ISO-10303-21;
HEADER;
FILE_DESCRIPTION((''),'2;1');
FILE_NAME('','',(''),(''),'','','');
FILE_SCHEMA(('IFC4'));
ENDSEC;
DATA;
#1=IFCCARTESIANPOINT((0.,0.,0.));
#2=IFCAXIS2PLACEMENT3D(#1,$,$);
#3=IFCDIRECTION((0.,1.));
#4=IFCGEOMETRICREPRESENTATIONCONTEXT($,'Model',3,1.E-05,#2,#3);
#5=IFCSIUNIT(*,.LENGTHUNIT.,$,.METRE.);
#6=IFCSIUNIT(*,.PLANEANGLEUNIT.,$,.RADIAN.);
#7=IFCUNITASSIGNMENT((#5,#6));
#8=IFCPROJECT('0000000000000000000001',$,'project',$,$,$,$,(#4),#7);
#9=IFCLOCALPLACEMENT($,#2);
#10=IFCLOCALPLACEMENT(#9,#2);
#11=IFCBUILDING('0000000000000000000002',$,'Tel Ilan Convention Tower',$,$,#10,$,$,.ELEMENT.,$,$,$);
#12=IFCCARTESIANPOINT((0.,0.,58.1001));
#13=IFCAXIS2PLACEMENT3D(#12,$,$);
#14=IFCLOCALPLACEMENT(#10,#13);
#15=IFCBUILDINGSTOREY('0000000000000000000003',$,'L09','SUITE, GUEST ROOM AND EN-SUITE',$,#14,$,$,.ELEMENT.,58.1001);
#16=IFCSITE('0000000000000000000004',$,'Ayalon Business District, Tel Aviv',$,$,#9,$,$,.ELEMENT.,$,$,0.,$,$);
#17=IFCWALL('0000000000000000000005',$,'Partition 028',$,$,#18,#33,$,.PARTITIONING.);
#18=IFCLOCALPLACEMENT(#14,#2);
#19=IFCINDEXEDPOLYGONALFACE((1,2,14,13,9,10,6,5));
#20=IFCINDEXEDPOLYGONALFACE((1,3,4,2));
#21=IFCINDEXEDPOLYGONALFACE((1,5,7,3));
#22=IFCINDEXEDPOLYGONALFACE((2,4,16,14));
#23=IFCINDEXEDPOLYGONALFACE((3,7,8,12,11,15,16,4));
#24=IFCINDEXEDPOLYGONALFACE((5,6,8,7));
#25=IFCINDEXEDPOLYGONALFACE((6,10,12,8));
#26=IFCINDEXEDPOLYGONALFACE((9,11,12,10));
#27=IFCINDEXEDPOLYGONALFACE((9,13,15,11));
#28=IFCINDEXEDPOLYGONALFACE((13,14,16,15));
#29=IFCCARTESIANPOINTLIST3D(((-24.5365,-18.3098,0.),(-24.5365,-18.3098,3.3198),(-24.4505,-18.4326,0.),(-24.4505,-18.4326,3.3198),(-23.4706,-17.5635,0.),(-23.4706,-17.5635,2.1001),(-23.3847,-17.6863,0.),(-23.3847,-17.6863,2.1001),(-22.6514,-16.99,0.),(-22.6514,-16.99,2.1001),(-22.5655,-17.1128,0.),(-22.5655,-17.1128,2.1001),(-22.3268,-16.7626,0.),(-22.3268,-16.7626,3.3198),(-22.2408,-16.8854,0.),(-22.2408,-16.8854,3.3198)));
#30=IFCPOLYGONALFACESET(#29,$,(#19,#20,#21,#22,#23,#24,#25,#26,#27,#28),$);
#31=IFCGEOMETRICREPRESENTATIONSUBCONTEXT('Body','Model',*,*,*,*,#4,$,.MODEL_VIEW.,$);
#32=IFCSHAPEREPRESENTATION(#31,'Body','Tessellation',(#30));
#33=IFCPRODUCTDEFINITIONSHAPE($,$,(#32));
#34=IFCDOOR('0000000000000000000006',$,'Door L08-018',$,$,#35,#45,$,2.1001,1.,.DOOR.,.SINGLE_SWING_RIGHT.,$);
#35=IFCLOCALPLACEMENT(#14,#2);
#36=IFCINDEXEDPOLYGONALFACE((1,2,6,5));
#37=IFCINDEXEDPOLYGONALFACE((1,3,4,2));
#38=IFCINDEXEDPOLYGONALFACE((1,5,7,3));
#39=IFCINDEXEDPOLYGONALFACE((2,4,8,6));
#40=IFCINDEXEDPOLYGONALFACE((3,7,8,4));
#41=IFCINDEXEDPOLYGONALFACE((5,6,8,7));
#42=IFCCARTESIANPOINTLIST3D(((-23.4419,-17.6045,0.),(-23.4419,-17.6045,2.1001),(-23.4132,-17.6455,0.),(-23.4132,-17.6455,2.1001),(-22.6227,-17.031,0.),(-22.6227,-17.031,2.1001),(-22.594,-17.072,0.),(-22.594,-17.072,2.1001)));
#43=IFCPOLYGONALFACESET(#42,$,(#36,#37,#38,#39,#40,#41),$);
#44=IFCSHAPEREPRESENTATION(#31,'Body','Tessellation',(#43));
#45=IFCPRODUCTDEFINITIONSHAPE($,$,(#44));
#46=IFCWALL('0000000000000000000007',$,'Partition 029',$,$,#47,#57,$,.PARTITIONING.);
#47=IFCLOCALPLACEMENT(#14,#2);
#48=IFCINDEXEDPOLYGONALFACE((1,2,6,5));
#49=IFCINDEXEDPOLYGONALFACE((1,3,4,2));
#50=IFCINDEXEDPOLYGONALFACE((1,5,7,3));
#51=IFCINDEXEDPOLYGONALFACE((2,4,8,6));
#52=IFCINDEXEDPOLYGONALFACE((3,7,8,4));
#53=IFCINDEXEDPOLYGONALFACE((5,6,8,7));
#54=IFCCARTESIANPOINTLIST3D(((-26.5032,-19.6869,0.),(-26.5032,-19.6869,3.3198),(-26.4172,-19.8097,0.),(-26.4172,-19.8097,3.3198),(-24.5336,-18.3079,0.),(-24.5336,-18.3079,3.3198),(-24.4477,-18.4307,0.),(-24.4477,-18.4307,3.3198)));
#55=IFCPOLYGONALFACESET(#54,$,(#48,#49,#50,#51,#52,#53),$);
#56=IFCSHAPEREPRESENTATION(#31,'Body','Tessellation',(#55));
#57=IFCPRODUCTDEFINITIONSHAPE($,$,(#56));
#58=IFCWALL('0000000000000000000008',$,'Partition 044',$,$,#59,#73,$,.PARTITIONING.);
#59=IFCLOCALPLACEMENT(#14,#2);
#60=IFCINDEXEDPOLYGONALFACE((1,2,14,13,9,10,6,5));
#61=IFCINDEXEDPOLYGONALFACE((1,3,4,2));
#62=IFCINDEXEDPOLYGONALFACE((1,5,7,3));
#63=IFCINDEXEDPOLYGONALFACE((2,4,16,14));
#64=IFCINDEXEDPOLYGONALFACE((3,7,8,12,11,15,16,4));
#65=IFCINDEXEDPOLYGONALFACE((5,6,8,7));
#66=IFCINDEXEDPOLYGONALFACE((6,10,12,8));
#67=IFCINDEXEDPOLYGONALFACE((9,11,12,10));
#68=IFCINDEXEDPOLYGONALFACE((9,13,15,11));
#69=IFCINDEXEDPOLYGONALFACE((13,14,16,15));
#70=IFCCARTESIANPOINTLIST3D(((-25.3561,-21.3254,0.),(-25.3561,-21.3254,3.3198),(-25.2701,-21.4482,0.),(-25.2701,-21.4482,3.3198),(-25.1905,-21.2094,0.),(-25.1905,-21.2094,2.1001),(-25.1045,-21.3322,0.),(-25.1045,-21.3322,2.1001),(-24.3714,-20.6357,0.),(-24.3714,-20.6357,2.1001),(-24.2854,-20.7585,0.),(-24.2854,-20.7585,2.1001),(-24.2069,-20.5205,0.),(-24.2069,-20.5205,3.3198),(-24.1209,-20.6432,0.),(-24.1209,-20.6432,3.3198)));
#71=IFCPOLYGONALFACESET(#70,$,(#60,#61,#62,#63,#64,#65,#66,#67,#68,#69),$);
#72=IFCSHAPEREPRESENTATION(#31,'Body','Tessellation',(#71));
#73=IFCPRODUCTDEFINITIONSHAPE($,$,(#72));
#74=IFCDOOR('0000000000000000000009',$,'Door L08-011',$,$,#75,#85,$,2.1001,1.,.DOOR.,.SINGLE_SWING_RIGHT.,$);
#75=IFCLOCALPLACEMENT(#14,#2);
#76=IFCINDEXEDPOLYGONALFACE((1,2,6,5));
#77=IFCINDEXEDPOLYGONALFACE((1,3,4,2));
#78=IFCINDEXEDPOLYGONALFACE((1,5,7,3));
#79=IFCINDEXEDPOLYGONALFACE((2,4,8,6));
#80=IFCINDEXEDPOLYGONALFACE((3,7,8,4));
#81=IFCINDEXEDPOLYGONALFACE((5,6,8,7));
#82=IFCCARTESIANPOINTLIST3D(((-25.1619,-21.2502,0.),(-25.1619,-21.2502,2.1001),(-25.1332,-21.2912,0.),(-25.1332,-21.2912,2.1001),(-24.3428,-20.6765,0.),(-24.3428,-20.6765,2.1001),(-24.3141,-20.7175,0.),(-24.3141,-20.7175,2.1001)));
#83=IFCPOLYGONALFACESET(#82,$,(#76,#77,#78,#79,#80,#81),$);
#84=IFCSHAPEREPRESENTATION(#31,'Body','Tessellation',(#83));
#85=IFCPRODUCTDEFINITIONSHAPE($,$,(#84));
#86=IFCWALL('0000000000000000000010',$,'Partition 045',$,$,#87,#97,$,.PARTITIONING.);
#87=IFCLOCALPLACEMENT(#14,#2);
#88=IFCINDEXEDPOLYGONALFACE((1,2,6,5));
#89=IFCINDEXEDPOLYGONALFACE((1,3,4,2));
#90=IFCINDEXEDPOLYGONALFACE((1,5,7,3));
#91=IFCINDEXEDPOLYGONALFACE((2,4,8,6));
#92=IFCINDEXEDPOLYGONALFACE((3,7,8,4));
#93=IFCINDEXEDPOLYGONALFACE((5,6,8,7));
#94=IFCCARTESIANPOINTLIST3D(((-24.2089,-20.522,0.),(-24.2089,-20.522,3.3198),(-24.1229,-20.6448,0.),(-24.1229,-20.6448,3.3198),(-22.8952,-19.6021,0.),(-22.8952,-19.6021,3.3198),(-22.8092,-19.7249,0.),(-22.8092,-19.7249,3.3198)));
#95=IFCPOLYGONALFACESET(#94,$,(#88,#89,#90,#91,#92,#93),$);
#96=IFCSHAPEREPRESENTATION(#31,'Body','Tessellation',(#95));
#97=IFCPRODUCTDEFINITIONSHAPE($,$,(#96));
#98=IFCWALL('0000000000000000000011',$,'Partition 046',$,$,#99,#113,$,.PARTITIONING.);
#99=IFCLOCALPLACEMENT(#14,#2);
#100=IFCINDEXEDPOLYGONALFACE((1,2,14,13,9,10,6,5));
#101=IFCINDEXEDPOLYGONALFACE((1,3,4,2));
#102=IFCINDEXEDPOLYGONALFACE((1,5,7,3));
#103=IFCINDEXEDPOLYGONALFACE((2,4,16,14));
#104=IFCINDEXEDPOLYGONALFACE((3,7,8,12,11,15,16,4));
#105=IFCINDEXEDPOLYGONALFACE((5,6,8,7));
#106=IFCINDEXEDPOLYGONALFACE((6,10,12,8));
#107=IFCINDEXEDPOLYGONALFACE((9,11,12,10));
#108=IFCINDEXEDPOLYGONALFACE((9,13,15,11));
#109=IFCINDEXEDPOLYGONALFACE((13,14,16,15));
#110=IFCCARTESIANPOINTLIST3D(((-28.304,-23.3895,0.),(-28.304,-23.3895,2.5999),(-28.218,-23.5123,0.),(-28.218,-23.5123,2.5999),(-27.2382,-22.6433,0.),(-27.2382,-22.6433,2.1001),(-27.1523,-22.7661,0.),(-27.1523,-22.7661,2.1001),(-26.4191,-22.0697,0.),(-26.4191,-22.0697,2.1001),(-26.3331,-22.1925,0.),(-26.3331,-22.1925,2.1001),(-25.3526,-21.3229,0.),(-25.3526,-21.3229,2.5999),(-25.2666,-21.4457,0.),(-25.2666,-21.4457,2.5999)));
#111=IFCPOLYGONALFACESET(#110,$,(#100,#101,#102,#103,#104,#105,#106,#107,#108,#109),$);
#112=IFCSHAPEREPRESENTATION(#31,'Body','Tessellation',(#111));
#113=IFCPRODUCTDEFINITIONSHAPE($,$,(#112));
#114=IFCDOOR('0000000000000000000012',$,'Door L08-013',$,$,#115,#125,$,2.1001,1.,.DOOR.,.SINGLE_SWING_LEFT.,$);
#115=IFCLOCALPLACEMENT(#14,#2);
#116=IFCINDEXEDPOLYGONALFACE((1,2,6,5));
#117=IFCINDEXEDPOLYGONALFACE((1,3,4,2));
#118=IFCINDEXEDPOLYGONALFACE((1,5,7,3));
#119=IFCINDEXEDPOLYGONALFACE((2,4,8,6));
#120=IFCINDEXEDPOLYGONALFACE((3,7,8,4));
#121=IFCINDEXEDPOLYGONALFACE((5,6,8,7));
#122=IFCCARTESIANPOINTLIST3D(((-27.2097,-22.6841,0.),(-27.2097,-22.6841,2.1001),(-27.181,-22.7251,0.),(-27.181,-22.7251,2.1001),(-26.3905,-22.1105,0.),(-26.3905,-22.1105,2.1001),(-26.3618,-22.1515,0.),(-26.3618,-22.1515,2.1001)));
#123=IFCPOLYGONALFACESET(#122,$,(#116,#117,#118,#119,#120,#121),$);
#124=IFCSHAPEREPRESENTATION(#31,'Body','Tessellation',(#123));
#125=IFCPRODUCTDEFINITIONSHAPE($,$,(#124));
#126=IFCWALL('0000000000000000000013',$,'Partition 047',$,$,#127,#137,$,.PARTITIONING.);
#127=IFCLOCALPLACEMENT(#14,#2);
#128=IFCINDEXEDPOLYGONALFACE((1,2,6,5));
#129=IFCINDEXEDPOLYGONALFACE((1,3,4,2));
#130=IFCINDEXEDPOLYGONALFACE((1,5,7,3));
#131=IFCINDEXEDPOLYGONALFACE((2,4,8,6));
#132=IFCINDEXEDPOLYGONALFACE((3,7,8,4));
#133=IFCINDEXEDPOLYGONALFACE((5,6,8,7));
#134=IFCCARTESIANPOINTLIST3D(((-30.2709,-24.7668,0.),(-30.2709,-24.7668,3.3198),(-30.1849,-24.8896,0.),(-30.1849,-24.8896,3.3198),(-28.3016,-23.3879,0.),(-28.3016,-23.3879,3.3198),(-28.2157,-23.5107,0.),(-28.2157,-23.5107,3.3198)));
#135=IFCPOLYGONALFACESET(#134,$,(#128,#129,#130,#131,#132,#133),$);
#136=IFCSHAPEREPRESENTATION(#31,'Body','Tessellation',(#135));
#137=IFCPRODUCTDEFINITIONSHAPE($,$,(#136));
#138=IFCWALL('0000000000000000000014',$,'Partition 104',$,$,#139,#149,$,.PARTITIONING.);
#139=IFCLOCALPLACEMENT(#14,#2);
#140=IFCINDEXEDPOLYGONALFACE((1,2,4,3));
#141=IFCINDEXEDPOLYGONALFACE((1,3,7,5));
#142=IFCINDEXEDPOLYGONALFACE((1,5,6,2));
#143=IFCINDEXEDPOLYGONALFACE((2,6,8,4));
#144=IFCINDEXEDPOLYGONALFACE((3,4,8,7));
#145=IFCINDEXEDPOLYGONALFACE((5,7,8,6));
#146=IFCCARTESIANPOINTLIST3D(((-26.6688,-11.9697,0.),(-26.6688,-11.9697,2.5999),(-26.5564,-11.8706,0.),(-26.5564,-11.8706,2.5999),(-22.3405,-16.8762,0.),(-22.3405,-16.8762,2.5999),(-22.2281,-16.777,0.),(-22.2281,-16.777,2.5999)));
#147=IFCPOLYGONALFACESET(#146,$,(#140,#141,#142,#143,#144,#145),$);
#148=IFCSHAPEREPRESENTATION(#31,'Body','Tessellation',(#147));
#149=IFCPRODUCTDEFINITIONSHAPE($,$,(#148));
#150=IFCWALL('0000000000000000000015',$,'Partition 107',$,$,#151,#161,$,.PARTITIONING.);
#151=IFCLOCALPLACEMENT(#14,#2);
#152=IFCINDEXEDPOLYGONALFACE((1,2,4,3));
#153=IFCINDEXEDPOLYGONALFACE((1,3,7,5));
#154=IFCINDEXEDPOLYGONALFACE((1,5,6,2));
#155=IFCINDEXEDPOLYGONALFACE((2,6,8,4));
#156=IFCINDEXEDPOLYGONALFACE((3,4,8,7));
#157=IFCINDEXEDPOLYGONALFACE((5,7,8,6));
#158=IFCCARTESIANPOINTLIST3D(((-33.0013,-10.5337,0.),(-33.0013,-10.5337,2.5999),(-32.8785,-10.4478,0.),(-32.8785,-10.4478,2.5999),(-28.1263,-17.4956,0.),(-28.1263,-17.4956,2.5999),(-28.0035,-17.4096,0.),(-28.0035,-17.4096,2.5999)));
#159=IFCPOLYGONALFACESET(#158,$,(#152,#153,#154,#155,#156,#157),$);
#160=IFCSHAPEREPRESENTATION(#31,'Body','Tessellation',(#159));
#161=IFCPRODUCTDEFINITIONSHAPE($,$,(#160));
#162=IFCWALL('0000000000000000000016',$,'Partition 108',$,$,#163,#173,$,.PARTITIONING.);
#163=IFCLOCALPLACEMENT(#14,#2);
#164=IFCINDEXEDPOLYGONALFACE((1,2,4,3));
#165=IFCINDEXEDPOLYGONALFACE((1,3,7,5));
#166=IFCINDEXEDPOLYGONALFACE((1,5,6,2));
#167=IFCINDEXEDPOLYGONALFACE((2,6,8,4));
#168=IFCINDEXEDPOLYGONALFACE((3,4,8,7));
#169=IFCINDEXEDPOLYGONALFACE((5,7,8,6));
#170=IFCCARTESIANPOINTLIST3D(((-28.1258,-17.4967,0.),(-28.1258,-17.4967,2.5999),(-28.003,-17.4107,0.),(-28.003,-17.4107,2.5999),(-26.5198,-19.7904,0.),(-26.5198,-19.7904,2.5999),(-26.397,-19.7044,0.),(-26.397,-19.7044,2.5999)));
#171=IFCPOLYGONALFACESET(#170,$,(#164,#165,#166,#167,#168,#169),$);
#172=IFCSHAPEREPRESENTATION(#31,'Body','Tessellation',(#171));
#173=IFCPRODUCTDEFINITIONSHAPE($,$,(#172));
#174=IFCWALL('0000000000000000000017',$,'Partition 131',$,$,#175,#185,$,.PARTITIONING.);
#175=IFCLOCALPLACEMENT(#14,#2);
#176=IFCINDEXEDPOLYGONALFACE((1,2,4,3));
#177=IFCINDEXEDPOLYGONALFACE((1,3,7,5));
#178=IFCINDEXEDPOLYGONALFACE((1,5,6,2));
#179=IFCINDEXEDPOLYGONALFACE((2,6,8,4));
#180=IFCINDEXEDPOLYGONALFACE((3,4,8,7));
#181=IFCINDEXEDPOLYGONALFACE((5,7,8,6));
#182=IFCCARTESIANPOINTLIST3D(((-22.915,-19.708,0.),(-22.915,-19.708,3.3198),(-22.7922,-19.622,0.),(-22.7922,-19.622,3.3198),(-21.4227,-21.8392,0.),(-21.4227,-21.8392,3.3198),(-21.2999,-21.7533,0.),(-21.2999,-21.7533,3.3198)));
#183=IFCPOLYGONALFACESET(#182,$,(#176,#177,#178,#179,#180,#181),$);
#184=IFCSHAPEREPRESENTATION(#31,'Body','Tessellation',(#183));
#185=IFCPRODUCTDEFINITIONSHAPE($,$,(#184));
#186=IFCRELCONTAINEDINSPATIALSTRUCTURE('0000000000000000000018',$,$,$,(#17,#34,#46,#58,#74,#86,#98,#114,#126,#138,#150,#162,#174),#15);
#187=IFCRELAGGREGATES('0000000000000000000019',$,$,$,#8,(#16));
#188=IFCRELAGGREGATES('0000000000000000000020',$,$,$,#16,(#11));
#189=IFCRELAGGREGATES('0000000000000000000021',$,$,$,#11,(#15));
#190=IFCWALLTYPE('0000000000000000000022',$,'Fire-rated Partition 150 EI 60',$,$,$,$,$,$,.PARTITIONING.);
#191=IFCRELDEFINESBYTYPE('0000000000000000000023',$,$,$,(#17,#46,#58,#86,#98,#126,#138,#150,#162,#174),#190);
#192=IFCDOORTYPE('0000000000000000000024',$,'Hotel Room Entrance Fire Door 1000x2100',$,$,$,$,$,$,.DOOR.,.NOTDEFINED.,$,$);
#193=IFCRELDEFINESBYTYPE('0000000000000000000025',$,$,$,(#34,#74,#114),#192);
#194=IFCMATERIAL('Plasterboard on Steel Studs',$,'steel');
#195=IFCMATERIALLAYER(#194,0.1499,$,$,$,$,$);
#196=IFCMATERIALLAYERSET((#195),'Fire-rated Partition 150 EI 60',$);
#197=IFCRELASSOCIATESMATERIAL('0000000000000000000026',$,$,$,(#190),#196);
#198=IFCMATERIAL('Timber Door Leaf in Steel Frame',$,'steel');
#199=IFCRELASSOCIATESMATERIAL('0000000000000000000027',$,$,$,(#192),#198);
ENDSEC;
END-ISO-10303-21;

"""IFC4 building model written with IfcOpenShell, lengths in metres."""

from ifc_helpers import new_model, si_unit, direction, frame, frame_2d, origin, place, context, subcontext, project, spatial, rectangle, extrude, material, layer, layer_set, type_object, element, fill, save


model = new_model("IFC4")

# Units and contexts
model_context = context("Model", 3, precision=1e-05, world=origin(), true_north=direction((0.0, 1.0)))
body_context = subcontext(model_context, "Body", "Model", "MODEL_VIEW")
ifc_project = project(units=[si_unit("LENGTHUNIT", "METRE"), si_unit("PLANEANGLEUNIT", "RADIAN")], contexts=[model_context])

# Site, building, storey
site_placement = place(None, origin())
site = spatial("IfcSite", under=ifc_project, at=site_placement, Name="Ayalon Business District, Tel Aviv", CompositionType="ELEMENT", RefElevation=0.0)
building_placement = place(site_placement, origin())
building = spatial("IfcBuilding", under=site, at=building_placement, Name="Tel Ilan Convention Tower", CompositionType="ELEMENT")
storey_placement = place(building_placement, frame((0.0, 0.0, 58.1001)))
storey = spatial("IfcBuildingStorey", under=building, at=storey_placement, Name="L09", Description="SUITE, GUEST ROOM AND EN-SUITE", CompositionType="ELEMENT", Elevation=58.1001)

# Wall, opening, door
ifc_material_1 = material(Name="Plasterboard on Steel Studs", Category="steel")
ifc_layer_1 = layer(ifc_material_1, 0.1499)
ifc_layer_set_1 = layer_set([ifc_layer_1], Name="Fire-rated Partition 150 EI 60")
wall_type_1 = type_object("IfcWallType", Name="Fire-rated Partition 150 EI 60", PredefinedType="PARTITIONING", material=ifc_layer_set_1)
wall_1_placement = place(storey_placement, frame((-24.4934, -18.3711, 0.0), z_axis=(0.0, 0.0, 1.0), x_axis=(0.819177, 0.573541, 0.0)))
wall_1 = element("IfcWall", 1, at=wall_1_placement, inside=storey, type_object=wall_type_1, Name="Partition 028", PredefinedType="PARTITIONING", context=body_context, shape_type="SweptSolid", body=[
    extrude(rectangle(XDim=2.6975, YDim=0.1499, at=frame_2d((1.3486, 0.0))), origin(), (0.0, 0.0, 1.0), 3.3198),
])
opening_1_placement = place(wall_1_placement, frame((1.301, 0.0, 0.0)))
opening_1 = element("IfcOpeningElement", 2, at=opening_1_placement, cuts=wall_1, PredefinedType="OPENING", context=body_context, shape_type="SweptSolid", body=[
    extrude(rectangle(XDim=1.0, YDim=2.1001, at=frame_2d((0.5, 1.05))), frame((0.0, 0.085, 0.0), z_axis=(0.0, -1.0, 0.0), x_axis=(1.0, 0.0, 0.0)), (0.0, 0.0, 1.0), 0.1699),
])
ifc_material_2 = material(Name="Timber Door Leaf in Steel Frame", Category="steel")
door_type_1 = type_object("IfcDoorType", Name="Hotel Room Entrance Fire Door 1000x2100", OperationType="NOTDEFINED", PredefinedType="DOOR", material=ifc_material_2)
door_1_placement = place(opening_1_placement, origin())
door_1 = element("IfcDoor", 3, at=door_1_placement, inside=storey, type_object=door_type_1, Name="Door L08-018", OperationType="SINGLE_SWING_RIGHT", OverallHeight=2.1001, OverallWidth=1.0, PredefinedType="DOOR", context=body_context, shape_type="SweptSolid", body=[
    extrude(rectangle(XDim=1.0, YDim=2.1001, at=frame_2d((0.5, 1.05))), frame((0.0, 0.0249, 0.0), z_axis=(0.0, -1.0, 0.0), x_axis=(1.0, 0.0, 0.0)), (0.0, 0.0, 1.0), 0.05),
])
fill(opening_1, door_1)

# Wall
wall_2_placement = place(storey_placement, frame((-26.4602, -19.7483, 0.0), z_axis=(0.0, 0.0, 1.0), x_axis=(0.819179, 0.573537, 0.0)))
element("IfcWall", 4, at=wall_2_placement, inside=storey, type_object=wall_type_1, Name="Partition 029", PredefinedType="PARTITIONING", context=body_context, shape_type="SweptSolid", body=[
    extrude(rectangle(XDim=2.4043, YDim=0.1499, at=frame_2d((1.2021, 0.0))), origin(), (0.0, 0.0, 1.0), 3.3198),
])

# Wall, opening, door
wall_3_placement = place(storey_placement, frame((-24.1638, -20.5818, 0.0), z_axis=(0.0, 0.0, 1.0), x_axis=(-0.81906, -0.573708, 0.0)))
wall_3 = element("IfcWall", 5, at=wall_3_placement, inside=storey, type_object=wall_type_1, Name="Partition 044", PredefinedType="PARTITIONING", context=body_context, shape_type="SweptSolid", body=[
    extrude(rectangle(XDim=1.4031, YDim=0.1499, at=frame_2d((0.7017, 0.0))), origin(), (0.0, 0.0, 1.0), 3.3198),
])
opening_2_placement = place(wall_3_placement, frame((0.2009, 0.0, 0.0)))
opening_2 = element("IfcOpeningElement", 6, at=opening_2_placement, cuts=wall_3, PredefinedType="OPENING", context=body_context, shape_type="SweptSolid", body=[
    extrude(rectangle(XDim=1.0, YDim=2.1001, at=frame_2d((0.5, 1.05))), frame((0.0, 0.085, 0.0), z_axis=(0.0, -1.0, 0.0), x_axis=(1.0, 0.0, 0.0)), (0.0, 0.0, 1.0), 0.1699),
])
door_2_placement = place(opening_2_placement, origin())
door_2 = element("IfcDoor", 7, at=door_2_placement, inside=storey, type_object=door_type_1, Name="Door L08-011", OperationType="SINGLE_SWING_RIGHT", OverallHeight=2.1001, OverallWidth=1.0, PredefinedType="DOOR", context=body_context, shape_type="SweptSolid", body=[
    extrude(rectangle(XDim=1.0, YDim=2.1001, at=frame_2d((0.5, 1.05))), frame((0.0, 0.0249, 0.0), z_axis=(0.0, -1.0, 0.0), x_axis=(1.0, 0.0, 0.0)), (0.0, 0.0, 1.0), 0.05),
])
fill(opening_2, door_2)

# Wall
wall_4_placement = place(storey_placement, frame((-22.8523, -19.6636, 0.0), z_axis=(0.0, 0.0, 1.0), x_axis=(-0.819139, -0.573595, 0.0)))
element("IfcWall", 8, at=wall_4_placement, inside=storey, type_object=wall_type_1, Name="Partition 045", PredefinedType="PARTITIONING", context=body_context, shape_type="SweptSolid", body=[
    extrude(rectangle(XDim=1.6038, YDim=0.1499, at=frame_2d((0.8018, 0.0))), origin(), (0.0, 0.0, 1.0), 3.3198),
])

# Wall, opening, door
wall_5_placement = place(storey_placement, frame((-25.3096, -21.3843, 0.0), z_axis=(0.0, 0.0, 1.0), x_axis=(-0.819146, -0.573585, 0.0)))
wall_5 = element("IfcWall", 9, at=wall_5_placement, inside=storey, type_object=wall_type_1, Name="Partition 046", PredefinedType="PARTITIONING", context=body_context, shape_type="SweptSolid", body=[
    extrude(rectangle(XDim=3.603, YDim=0.1499, at=frame_2d((1.8015, 0.0))), origin(), (0.0, 0.0, 1.0), 2.5999),
])
opening_3_placement = place(wall_5_placement, frame((1.302, 0.0, 0.0)))
opening_3 = element("IfcOpeningElement", 10, at=opening_3_placement, cuts=wall_5, PredefinedType="OPENING", context=body_context, shape_type="SweptSolid", body=[
    extrude(rectangle(XDim=1.0, YDim=2.1001, at=frame_2d((0.5, 1.05))), frame((0.0, 0.085, 0.0), z_axis=(0.0, -1.0, 0.0), x_axis=(1.0, 0.0, 0.0)), (0.0, 0.0, 1.0), 0.1699),
])
door_3_placement = place(opening_3_placement, origin())
door_3 = element("IfcDoor", 11, at=door_3_placement, inside=storey, type_object=door_type_1, Name="Door L08-013", OperationType="SINGLE_SWING_LEFT", OverallHeight=2.1001, OverallWidth=1.0, PredefinedType="DOOR", context=body_context, shape_type="SweptSolid", body=[
    extrude(rectangle(XDim=1.0, YDim=2.1001, at=frame_2d((0.5, 1.05))), frame((0.0, 0.0249, 0.0), z_axis=(0.0, -1.0, 0.0), x_axis=(1.0, 0.0, 0.0)), (0.0, 0.0, 1.0), 0.05),
])
fill(opening_3, door_3)

# Walls
wall_6_placement = place(storey_placement, frame((-28.2585, -23.4492, 0.0), z_axis=(0.0, 0.0, 1.0), x_axis=(-0.819146, -0.573585, 0.0)))
element("IfcWall", 12, at=wall_6_placement, inside=storey, type_object=wall_type_1, Name="Partition 047", PredefinedType="PARTITIONING", context=body_context, shape_type="SweptSolid", body=[
    extrude(rectangle(XDim=2.4041, YDim=0.1499, at=frame_2d((1.2021, 0.0))), origin(), (0.0, 0.0, 1.0), 3.3198),
])
wall_7_placement = place(storey_placement, frame((-22.2842, -16.8267, 0.0), z_axis=(0.0, 0.0, 1.0), x_axis=(-0.661545, 0.749905, 0.0)))
element("IfcWall", 13, at=wall_7_placement, inside=storey, type_object=wall_type_1, Name="Partition 104", PredefinedType="PARTITIONING", context=body_context, shape_type="SweptSolid", body=[
    extrude(rectangle(XDim=6.5427, YDim=0.1499, at=frame_2d((3.2715, 0.0))), origin(), (0.0, 0.0, 1.0), 2.5999),
])
wall_8_placement = place(storey_placement, frame((-28.0649, -17.4526, 0.0), z_axis=(0.0, 0.0, 1.0), x_axis=(-0.573593, 0.81914, 0.0)))
element("IfcWall", 14, at=wall_8_placement, inside=storey, type_object=wall_type_1, Name="Partition 107", PredefinedType="PARTITIONING", context=body_context, shape_type="SweptSolid", body=[
    extrude(rectangle(XDim=8.499, YDim=0.1499, at=frame_2d((4.2495, 0.0))), origin(), (0.0, 0.0, 1.0), 2.5999),
])
wall_9_placement = place(storey_placement, frame((-26.4585, -19.7473, 0.0), z_axis=(0.0, 0.0, 1.0), x_axis=(-0.57355, 0.81917, 0.0)))
element("IfcWall", 15, at=wall_9_placement, inside=storey, type_object=wall_type_1, Name="Partition 108", PredefinedType="PARTITIONING", context=body_context, shape_type="SweptSolid", body=[
    extrude(rectangle(XDim=2.8, YDim=0.1499, at=frame_2d((1.3999, 0.0))), origin(), (0.0, 0.0, 1.0), 2.5999),
])
wall_10_placement = place(storey_placement, frame((-21.3613, -21.7961, 0.0), z_axis=(0.0, 0.0, 1.0), x_axis=(-0.573588, 0.819144, 0.0)))
element("IfcWall", 16, at=wall_10_placement, inside=storey, type_object=wall_type_1, Name="Partition 131", PredefinedType="PARTITIONING", context=body_context, shape_type="SweptSolid", body=[
    extrude(rectangle(XDim=2.6018, YDim=0.1499, at=frame_2d((1.3008, 0.0))), origin(), (0.0, 0.0, 1.0), 3.3198),
])

save(model, "model.ifc")
